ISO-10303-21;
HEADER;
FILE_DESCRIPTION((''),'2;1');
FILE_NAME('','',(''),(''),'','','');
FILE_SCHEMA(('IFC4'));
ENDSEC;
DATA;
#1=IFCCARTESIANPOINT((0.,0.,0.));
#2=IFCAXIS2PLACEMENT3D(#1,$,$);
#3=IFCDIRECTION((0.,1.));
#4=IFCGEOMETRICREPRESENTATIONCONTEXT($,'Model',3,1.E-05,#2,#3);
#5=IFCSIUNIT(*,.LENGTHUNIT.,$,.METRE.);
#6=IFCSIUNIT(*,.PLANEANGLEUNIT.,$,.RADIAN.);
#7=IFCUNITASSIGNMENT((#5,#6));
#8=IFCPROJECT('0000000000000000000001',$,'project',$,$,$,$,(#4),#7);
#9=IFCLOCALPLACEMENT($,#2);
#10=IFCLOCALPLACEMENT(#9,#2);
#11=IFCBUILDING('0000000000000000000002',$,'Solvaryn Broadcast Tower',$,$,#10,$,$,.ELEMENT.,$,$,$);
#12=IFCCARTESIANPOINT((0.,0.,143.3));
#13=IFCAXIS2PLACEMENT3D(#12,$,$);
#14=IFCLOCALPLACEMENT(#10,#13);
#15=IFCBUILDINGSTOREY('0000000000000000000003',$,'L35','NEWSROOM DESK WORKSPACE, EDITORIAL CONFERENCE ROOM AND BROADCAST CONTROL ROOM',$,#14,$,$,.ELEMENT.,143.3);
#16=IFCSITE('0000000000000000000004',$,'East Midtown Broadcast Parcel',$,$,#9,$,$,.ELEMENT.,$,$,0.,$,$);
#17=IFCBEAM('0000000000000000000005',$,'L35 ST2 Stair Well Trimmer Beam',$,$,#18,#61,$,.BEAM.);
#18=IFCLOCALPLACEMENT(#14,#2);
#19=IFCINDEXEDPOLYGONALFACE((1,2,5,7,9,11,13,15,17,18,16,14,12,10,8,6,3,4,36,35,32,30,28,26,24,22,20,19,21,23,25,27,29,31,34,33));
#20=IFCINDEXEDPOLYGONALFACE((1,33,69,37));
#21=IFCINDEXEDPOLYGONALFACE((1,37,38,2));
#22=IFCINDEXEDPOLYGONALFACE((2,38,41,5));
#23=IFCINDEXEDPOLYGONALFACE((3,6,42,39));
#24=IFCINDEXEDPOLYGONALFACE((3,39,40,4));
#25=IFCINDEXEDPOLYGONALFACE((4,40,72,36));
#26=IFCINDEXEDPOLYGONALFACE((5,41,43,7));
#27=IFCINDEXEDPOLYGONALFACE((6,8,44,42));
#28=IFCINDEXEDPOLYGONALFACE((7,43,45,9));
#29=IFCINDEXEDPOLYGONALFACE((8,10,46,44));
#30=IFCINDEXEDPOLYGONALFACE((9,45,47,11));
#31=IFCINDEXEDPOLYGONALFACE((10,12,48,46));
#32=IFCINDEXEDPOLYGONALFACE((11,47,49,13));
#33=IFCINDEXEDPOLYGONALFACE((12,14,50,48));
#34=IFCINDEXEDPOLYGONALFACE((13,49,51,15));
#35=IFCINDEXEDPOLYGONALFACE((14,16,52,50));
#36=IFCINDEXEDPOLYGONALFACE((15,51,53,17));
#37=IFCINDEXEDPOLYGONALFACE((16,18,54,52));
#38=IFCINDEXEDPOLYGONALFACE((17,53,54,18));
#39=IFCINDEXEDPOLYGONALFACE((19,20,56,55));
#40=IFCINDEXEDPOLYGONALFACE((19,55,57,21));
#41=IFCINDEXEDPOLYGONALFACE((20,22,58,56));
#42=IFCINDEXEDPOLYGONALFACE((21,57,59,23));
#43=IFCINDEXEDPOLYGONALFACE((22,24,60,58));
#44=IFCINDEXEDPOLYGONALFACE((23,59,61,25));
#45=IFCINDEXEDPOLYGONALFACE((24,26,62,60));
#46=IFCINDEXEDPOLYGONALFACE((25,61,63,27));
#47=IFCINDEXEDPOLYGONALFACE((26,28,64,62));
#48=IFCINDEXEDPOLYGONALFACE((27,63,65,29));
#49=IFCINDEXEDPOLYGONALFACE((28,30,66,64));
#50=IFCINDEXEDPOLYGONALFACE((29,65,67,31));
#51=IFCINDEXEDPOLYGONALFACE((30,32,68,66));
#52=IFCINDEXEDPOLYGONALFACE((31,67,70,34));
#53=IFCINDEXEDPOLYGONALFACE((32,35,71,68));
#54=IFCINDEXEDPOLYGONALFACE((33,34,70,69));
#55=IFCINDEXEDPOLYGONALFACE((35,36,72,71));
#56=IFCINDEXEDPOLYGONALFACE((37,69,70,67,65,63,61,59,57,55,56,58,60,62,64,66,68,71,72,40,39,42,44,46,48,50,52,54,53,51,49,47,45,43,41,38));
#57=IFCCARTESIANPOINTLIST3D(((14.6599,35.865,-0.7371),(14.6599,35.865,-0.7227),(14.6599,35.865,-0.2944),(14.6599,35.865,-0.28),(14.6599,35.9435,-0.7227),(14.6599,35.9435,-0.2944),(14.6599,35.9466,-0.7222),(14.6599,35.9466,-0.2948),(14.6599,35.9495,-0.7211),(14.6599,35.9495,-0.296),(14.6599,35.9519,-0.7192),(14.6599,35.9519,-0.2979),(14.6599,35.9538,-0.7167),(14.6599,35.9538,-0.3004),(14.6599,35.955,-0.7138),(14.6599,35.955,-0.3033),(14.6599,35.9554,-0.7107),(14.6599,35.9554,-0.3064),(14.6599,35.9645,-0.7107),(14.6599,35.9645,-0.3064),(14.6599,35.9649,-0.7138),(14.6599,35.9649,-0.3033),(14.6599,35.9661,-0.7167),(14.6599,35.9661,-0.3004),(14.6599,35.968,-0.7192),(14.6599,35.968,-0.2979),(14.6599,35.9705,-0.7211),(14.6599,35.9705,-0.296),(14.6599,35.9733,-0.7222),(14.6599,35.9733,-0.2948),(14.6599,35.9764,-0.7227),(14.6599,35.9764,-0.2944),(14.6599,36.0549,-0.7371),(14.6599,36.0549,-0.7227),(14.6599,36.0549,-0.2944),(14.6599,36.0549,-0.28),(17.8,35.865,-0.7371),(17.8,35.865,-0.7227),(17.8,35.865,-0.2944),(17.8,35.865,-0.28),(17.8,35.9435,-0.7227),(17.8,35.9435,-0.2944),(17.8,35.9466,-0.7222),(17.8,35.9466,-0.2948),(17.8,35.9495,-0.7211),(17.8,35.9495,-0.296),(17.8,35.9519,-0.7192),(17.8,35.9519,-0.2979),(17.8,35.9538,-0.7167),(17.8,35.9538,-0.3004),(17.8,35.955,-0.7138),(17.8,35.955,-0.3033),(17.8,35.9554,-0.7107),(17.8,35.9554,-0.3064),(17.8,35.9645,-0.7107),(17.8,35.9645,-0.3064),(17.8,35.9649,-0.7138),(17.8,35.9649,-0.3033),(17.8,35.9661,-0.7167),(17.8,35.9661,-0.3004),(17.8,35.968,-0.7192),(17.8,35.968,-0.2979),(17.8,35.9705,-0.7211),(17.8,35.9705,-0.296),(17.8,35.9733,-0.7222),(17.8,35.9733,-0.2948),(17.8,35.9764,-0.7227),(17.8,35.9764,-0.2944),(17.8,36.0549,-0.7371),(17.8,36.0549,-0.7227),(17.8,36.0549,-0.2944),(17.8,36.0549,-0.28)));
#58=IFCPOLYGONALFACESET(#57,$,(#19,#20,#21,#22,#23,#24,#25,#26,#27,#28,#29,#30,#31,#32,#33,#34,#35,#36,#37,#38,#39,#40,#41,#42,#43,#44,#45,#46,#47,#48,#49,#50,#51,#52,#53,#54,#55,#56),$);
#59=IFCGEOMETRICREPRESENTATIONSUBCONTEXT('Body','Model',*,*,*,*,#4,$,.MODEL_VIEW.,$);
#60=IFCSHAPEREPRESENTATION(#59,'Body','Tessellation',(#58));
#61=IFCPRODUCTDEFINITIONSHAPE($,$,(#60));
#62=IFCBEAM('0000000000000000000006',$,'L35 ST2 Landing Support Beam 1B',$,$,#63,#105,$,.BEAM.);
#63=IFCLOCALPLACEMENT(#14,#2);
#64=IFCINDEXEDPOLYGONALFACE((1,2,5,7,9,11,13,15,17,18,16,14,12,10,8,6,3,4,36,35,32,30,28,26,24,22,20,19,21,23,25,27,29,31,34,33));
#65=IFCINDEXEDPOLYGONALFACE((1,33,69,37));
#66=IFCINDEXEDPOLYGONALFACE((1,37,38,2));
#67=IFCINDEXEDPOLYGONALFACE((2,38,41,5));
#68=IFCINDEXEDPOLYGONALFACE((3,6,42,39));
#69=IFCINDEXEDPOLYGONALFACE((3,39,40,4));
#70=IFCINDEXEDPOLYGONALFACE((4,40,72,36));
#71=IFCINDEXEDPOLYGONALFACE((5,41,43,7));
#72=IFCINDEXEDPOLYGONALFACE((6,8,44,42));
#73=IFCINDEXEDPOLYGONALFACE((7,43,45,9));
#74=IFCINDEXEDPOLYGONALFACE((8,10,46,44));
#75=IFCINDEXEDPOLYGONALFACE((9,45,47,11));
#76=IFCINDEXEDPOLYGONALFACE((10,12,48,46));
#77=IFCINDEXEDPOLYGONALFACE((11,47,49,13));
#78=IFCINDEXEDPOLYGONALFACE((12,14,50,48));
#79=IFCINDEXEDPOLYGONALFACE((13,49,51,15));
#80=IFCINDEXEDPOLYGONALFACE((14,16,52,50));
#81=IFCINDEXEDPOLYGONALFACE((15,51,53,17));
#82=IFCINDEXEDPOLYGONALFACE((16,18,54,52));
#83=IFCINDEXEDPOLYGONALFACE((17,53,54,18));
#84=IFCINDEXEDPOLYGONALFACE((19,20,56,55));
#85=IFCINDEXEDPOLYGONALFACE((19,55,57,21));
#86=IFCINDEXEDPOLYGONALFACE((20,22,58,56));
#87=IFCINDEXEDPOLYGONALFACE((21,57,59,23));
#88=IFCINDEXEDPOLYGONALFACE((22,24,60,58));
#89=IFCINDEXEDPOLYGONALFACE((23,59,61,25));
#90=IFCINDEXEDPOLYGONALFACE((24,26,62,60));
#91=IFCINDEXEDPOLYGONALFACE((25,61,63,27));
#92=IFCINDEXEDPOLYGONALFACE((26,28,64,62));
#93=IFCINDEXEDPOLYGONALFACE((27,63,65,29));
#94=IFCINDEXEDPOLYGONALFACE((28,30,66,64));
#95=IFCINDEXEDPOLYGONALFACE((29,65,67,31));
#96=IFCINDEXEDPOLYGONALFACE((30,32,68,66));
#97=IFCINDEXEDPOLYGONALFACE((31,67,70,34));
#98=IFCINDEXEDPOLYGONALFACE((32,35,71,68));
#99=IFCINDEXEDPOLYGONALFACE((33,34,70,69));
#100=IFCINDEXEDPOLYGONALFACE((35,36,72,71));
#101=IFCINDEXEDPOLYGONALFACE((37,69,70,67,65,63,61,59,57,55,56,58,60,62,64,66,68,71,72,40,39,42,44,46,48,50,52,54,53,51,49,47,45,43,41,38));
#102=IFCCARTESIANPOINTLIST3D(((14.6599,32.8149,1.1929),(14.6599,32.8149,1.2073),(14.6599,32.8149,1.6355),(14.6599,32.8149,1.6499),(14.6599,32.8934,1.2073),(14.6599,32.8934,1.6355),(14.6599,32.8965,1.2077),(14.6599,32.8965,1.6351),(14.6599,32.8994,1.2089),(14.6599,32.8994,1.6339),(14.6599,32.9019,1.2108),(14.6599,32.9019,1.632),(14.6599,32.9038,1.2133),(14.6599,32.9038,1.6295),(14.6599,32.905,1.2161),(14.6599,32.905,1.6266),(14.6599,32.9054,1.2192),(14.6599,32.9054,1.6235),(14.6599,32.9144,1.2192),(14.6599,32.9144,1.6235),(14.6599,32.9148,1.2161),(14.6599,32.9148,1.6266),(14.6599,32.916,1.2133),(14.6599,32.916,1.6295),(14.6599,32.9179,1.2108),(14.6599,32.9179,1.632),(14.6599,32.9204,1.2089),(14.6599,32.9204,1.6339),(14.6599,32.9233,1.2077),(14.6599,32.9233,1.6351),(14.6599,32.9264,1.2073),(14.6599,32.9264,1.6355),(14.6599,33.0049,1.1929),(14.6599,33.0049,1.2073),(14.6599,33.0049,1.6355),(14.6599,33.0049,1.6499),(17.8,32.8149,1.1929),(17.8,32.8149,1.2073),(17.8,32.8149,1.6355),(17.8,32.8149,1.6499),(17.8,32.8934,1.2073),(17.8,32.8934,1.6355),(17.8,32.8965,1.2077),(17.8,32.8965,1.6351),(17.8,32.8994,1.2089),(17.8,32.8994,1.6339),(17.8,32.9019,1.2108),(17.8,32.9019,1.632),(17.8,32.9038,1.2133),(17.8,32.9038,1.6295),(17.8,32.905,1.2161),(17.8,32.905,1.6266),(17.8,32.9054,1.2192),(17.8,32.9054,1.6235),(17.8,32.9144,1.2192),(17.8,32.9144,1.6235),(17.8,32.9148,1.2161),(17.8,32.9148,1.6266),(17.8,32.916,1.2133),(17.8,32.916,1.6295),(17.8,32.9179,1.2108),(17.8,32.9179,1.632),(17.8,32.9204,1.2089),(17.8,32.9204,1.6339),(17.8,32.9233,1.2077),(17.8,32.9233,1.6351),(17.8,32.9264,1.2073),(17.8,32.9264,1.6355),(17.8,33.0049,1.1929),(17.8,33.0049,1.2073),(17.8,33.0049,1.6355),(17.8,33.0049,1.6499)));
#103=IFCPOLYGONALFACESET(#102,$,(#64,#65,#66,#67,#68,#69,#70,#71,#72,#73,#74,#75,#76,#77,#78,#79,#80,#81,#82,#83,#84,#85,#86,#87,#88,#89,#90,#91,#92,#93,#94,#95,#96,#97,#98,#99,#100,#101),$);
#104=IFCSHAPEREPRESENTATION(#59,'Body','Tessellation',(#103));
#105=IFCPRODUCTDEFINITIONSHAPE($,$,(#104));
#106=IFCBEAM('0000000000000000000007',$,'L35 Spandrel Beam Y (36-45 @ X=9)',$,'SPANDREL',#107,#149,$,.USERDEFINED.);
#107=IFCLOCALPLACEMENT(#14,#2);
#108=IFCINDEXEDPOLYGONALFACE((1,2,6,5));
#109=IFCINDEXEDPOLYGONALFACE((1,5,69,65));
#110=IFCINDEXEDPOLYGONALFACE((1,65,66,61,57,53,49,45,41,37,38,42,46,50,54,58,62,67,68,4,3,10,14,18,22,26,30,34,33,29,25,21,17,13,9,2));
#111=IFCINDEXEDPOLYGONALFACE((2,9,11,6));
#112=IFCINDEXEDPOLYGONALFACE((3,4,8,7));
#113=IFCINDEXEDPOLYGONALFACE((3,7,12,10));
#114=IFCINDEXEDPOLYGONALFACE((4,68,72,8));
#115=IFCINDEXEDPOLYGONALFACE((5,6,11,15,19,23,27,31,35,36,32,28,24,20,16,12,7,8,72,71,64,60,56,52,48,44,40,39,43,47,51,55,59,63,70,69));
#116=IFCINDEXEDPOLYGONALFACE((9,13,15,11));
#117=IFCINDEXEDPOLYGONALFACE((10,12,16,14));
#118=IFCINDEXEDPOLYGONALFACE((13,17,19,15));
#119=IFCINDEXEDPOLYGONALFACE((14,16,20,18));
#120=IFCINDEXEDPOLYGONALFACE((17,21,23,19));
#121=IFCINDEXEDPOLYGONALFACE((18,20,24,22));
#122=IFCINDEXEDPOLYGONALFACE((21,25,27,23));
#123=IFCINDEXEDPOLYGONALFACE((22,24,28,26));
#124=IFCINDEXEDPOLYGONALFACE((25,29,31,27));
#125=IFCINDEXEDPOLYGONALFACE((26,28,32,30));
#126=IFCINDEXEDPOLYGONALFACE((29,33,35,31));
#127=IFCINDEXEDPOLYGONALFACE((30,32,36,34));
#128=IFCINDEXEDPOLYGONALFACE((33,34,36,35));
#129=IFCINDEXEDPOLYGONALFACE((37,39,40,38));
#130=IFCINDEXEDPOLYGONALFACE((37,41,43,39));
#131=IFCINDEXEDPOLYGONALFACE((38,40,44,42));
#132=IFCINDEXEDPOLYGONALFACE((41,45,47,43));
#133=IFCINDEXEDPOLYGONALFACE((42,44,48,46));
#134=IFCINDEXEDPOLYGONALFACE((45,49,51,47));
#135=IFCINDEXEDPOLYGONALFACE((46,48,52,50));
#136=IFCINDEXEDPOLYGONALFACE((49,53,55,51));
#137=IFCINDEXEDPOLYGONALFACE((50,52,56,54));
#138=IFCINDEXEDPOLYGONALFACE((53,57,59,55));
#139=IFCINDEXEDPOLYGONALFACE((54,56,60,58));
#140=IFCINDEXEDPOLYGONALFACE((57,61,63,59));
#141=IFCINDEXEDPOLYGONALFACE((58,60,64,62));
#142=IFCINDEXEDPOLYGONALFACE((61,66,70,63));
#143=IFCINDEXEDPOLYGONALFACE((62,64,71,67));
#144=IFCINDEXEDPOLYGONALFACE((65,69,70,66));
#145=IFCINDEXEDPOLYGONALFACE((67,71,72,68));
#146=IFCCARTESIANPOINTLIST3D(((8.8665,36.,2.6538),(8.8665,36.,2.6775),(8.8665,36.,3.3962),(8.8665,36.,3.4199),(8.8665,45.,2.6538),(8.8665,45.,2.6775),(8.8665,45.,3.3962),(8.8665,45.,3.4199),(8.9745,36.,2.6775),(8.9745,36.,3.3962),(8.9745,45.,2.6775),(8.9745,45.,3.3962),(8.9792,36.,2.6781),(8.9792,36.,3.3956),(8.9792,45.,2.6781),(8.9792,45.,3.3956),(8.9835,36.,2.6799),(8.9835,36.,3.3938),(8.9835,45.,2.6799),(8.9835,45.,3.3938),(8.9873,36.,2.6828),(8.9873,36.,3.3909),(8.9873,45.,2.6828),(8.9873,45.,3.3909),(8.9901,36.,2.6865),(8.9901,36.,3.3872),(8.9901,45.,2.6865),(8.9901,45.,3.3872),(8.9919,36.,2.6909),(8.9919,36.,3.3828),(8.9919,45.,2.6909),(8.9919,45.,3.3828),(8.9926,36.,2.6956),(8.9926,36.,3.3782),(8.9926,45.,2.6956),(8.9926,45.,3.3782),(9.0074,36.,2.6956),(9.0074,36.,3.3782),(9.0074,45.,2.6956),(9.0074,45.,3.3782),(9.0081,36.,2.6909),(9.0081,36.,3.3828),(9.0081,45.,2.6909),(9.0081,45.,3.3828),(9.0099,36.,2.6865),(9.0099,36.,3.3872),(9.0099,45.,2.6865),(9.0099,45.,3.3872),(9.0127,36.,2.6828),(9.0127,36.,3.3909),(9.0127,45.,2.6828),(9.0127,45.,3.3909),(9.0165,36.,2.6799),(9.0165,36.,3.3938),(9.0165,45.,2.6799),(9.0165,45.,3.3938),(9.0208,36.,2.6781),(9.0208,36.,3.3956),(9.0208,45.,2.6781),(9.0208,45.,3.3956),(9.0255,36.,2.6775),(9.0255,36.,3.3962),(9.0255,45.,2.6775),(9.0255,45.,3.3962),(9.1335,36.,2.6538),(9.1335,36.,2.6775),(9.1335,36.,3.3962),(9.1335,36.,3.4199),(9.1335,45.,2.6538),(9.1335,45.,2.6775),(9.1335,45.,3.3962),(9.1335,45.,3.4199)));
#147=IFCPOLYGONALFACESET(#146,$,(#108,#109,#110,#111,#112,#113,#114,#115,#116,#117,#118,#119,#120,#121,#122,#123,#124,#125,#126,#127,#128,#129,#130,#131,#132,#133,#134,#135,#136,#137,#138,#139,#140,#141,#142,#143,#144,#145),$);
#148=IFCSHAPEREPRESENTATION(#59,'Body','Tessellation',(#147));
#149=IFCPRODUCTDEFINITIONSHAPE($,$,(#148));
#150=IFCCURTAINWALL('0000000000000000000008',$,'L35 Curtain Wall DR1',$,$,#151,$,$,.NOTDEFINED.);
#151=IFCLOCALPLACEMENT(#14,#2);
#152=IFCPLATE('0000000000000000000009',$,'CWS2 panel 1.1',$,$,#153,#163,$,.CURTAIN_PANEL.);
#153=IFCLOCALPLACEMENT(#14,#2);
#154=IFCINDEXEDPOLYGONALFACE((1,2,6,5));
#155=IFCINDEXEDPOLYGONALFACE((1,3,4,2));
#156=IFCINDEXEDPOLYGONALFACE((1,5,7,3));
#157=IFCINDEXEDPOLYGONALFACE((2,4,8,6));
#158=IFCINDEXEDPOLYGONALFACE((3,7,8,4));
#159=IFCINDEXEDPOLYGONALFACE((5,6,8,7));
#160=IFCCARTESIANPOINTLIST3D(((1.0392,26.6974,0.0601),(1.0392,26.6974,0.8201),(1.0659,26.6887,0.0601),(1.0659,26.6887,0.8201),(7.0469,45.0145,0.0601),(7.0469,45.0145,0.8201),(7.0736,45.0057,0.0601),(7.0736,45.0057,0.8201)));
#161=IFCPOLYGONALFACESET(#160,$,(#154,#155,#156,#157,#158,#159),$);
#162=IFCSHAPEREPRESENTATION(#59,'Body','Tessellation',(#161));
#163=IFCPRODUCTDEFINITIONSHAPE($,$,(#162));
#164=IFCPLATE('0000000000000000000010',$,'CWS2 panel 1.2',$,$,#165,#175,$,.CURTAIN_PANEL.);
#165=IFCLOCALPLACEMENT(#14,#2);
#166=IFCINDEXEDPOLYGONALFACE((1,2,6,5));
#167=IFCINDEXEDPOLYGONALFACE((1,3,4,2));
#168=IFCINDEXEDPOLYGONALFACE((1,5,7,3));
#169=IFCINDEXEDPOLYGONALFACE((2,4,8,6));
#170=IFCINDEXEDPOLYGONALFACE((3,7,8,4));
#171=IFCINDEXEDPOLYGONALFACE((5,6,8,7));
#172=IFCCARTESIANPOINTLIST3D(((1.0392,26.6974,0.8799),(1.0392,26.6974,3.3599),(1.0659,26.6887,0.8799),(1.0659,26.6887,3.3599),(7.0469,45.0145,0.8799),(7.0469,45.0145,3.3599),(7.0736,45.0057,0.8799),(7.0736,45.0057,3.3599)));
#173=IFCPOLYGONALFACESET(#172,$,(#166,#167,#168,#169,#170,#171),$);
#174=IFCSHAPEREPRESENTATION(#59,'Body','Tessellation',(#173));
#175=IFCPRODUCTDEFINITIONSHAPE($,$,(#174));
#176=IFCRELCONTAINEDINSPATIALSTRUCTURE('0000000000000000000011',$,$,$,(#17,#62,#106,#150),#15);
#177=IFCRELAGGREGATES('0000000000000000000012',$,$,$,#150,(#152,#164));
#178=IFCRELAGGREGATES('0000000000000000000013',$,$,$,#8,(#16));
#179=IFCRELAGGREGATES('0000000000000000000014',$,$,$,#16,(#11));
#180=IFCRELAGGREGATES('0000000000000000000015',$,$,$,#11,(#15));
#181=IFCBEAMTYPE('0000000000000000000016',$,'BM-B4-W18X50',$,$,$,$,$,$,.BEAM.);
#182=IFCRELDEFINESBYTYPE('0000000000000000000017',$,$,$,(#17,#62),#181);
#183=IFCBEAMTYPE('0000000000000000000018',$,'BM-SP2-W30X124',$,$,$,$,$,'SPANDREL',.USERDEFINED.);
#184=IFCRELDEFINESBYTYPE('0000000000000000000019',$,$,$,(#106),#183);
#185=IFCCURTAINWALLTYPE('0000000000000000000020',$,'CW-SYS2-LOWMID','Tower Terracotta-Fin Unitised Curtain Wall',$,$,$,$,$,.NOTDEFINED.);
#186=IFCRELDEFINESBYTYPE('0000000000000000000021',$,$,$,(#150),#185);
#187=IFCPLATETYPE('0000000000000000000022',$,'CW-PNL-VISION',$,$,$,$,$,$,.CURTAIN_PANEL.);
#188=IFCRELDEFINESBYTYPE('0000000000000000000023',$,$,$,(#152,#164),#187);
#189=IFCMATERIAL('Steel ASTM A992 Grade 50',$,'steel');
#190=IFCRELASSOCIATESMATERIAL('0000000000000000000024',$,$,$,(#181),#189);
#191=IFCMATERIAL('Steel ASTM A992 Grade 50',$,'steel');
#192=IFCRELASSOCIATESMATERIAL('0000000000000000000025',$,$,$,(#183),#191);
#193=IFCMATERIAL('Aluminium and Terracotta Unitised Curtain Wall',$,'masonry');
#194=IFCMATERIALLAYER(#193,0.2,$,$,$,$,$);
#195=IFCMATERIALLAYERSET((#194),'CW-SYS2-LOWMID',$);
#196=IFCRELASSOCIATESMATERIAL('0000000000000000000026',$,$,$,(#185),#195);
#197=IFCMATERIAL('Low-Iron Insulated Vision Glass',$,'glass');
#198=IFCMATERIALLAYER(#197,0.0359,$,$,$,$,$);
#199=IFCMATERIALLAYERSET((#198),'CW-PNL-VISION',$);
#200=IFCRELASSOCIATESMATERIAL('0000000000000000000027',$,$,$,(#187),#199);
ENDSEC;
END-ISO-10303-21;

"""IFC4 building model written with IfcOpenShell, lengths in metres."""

from ifc_helpers import new_model, si_unit, direction, frame, origin, origin_2d, place, context, subcontext, project, spatial, rectangle, i_section, extrude, material, layer, layer_set, material_profile, profile_set, type_object, element, aggregate, save


model = new_model("IFC4")

# Units and contexts
model_context = context("Model", 3, precision=1e-05, world=origin(), true_north=direction((0.0, 1.0)))
body_context = subcontext(model_context, "Body", "Model", "MODEL_VIEW")
ifc_project = project(units=[si_unit("LENGTHUNIT", "METRE"), si_unit("PLANEANGLEUNIT", "RADIAN")], contexts=[model_context])

# Site, building, storey
site_placement = place(None, origin())
site = spatial("IfcSite", under=ifc_project, at=site_placement, Name="East Midtown Broadcast Parcel", CompositionType="ELEMENT", RefElevation=0.0)
building_placement = place(site_placement, origin())
building = spatial("IfcBuilding", under=site, at=building_placement, Name="Solvaryn Broadcast Tower", CompositionType="ELEMENT")
storey_placement = place(building_placement, frame((0.0, 0.0, 143.3)))
storey = spatial("IfcBuildingStorey", under=building, at=storey_placement, Name="L35", Description="NEWSROOM DESK WORKSPACE, EDITORIAL CONFERENCE ROOM AND BROADCAST CONTROL ROOM", CompositionType="ELEMENT", Elevation=143.3)

# Beams
ifc_material_1 = material(Name="Steel ASTM A992 Grade 50", Category="steel")
ifc_material_profile_1 = material_profile(ifc_material_1, i_section(OverallWidth=0.1899, OverallDepth=0.457, WebThickness=0.009, FlangeThickness=0.0144, FilletRadius=0.012, at=origin_2d()))
ifc_profile_set_1 = profile_set([ifc_material_profile_1], Name="Steel ASTM A992 Grade 50")
beam_type_1 = type_object("IfcBeamType", Name="BM-B4-W18X50", PredefinedType="BEAM", material=ifc_profile_set_1)
for number, where, z_axis, x_axis, name in (
    (1, (14.6599, 35.96, -0.5085), (1.0, 0.0, 0.0), (0.0, 1.0, 0.0), "L35 ST2 Stair Well Trimmer Beam"),
    (2, (14.6599, 32.9099, 1.4214), (1.0, 0.0, 0.0), (0.0, 1.0, 0.0), "L35 ST2 Landing Support Beam 1B"),
):
    element("IfcBeam", number, at=place(storey_placement, frame(where, z_axis=z_axis, x_axis=x_axis)), inside=storey, type_object=beam_type_1, Name=name, PredefinedType="BEAM", context=body_context, shape_type="SweptSolid", body=[
        extrude(i_section(OverallWidth=0.1899, OverallDepth=0.457, WebThickness=0.009, FlangeThickness=0.0144, FilletRadius=0.012, at=origin_2d()), origin(), (0.0, 0.0, 1.0), 3.1401),
    ])
ifc_material_2 = material(Name="Steel ASTM A992 Grade 50", Category="steel")
ifc_material_profile_2 = material_profile(ifc_material_2, i_section(OverallWidth=0.2671, OverallDepth=0.7661, WebThickness=0.0149, FlangeThickness=0.0237, FilletRadius=0.0181, at=origin_2d()))
ifc_profile_set_2 = profile_set([ifc_material_profile_2], Name="Steel ASTM A992 Grade 50")
beam_type_2 = type_object("IfcBeamType", Name="BM-SP2-W30X124", ElementType="SPANDREL", PredefinedType="USERDEFINED", material=ifc_profile_set_2)
beam_1_placement = place(storey_placement, frame((9.0, 36.0, 3.0369), z_axis=(0.0, 1.0, 0.0), x_axis=(-1.0, 0.0, 0.0)))
element("IfcBeam", 3, at=beam_1_placement, inside=storey, type_object=beam_type_2, Name="L35 Spandrel Beam Y (36-45 @ X=9)", ObjectType="SPANDREL", PredefinedType="USERDEFINED", context=body_context, shape_type="SweptSolid", body=[
    extrude(i_section(OverallWidth=0.2671, OverallDepth=0.7661, WebThickness=0.0149, FlangeThickness=0.0237, FilletRadius=0.0181, at=origin_2d()), origin(), (0.0, 0.0, 1.0), 9.0),
])

# Curtain wall, plates
ifc_material_3 = material(Name="Aluminium and Terracotta Unitised Curtain Wall", Category="masonry")
ifc_layer_1 = layer(ifc_material_3, 0.2)
ifc_layer_set_1 = layer_set([ifc_layer_1], Name="CW-SYS2-LOWMID")
curtain_wall_type = type_object("IfcCurtainWallType", Name="CW-SYS2-LOWMID", Description="Tower Terracotta-Fin Unitised Curtain Wall", PredefinedType="NOTDEFINED", material=ifc_layer_set_1)
curtain_wall_placement = place(storey_placement, origin())
curtain_wall = element("IfcCurtainWall", 4, at=curtain_wall_placement, inside=storey, type_object=curtain_wall_type, Name="L35 Curtain Wall DR1", PredefinedType="NOTDEFINED")
ifc_material_4 = material(Name="Low-Iron Insulated Vision Glass", Category="glass")
ifc_layer_2 = layer(ifc_material_4, 0.0359)
ifc_layer_set_2 = layer_set([ifc_layer_2], Name="CW-PNL-VISION")
plate_type = type_object("IfcPlateType", Name="CW-PNL-VISION", PredefinedType="CURTAIN_PANEL", material=ifc_layer_set_2)
plate_1_placement = place(storey_placement, frame((4.0564, 35.8516, 0.0601), z_axis=(0.0, 0.0, 1.0), x_axis=(-0.311646, -0.950198, 0.0)))
plate_1 = element("IfcPlate", 5, at=plate_1_placement, type_object=plate_type, Name="CWS2 panel 1.1", PredefinedType="CURTAIN_PANEL", context=body_context, shape_type="SweptSolid", body=[
    extrude(rectangle(XDim=19.2771, YDim=0.0281, at=origin_2d()), origin(), (0.0, 0.0, 1.0), 0.76),
])
plate_2_placement = place(storey_placement, frame((4.0564, 35.8516, 0.8799), z_axis=(0.0, 0.0, 1.0), x_axis=(-0.311646, -0.950198, 0.0)))
plate_2 = element("IfcPlate", 6, at=plate_2_placement, type_object=plate_type, Name="CWS2 panel 1.2", PredefinedType="CURTAIN_PANEL", context=body_context, shape_type="SweptSolid", body=[
    extrude(rectangle(XDim=19.2771, YDim=0.0281, at=origin_2d()), origin(), (0.0, 0.0, 1.0), 2.48),
])
aggregate(curtain_wall, [plate_1, plate_2])

save(model, "model.ifc")
